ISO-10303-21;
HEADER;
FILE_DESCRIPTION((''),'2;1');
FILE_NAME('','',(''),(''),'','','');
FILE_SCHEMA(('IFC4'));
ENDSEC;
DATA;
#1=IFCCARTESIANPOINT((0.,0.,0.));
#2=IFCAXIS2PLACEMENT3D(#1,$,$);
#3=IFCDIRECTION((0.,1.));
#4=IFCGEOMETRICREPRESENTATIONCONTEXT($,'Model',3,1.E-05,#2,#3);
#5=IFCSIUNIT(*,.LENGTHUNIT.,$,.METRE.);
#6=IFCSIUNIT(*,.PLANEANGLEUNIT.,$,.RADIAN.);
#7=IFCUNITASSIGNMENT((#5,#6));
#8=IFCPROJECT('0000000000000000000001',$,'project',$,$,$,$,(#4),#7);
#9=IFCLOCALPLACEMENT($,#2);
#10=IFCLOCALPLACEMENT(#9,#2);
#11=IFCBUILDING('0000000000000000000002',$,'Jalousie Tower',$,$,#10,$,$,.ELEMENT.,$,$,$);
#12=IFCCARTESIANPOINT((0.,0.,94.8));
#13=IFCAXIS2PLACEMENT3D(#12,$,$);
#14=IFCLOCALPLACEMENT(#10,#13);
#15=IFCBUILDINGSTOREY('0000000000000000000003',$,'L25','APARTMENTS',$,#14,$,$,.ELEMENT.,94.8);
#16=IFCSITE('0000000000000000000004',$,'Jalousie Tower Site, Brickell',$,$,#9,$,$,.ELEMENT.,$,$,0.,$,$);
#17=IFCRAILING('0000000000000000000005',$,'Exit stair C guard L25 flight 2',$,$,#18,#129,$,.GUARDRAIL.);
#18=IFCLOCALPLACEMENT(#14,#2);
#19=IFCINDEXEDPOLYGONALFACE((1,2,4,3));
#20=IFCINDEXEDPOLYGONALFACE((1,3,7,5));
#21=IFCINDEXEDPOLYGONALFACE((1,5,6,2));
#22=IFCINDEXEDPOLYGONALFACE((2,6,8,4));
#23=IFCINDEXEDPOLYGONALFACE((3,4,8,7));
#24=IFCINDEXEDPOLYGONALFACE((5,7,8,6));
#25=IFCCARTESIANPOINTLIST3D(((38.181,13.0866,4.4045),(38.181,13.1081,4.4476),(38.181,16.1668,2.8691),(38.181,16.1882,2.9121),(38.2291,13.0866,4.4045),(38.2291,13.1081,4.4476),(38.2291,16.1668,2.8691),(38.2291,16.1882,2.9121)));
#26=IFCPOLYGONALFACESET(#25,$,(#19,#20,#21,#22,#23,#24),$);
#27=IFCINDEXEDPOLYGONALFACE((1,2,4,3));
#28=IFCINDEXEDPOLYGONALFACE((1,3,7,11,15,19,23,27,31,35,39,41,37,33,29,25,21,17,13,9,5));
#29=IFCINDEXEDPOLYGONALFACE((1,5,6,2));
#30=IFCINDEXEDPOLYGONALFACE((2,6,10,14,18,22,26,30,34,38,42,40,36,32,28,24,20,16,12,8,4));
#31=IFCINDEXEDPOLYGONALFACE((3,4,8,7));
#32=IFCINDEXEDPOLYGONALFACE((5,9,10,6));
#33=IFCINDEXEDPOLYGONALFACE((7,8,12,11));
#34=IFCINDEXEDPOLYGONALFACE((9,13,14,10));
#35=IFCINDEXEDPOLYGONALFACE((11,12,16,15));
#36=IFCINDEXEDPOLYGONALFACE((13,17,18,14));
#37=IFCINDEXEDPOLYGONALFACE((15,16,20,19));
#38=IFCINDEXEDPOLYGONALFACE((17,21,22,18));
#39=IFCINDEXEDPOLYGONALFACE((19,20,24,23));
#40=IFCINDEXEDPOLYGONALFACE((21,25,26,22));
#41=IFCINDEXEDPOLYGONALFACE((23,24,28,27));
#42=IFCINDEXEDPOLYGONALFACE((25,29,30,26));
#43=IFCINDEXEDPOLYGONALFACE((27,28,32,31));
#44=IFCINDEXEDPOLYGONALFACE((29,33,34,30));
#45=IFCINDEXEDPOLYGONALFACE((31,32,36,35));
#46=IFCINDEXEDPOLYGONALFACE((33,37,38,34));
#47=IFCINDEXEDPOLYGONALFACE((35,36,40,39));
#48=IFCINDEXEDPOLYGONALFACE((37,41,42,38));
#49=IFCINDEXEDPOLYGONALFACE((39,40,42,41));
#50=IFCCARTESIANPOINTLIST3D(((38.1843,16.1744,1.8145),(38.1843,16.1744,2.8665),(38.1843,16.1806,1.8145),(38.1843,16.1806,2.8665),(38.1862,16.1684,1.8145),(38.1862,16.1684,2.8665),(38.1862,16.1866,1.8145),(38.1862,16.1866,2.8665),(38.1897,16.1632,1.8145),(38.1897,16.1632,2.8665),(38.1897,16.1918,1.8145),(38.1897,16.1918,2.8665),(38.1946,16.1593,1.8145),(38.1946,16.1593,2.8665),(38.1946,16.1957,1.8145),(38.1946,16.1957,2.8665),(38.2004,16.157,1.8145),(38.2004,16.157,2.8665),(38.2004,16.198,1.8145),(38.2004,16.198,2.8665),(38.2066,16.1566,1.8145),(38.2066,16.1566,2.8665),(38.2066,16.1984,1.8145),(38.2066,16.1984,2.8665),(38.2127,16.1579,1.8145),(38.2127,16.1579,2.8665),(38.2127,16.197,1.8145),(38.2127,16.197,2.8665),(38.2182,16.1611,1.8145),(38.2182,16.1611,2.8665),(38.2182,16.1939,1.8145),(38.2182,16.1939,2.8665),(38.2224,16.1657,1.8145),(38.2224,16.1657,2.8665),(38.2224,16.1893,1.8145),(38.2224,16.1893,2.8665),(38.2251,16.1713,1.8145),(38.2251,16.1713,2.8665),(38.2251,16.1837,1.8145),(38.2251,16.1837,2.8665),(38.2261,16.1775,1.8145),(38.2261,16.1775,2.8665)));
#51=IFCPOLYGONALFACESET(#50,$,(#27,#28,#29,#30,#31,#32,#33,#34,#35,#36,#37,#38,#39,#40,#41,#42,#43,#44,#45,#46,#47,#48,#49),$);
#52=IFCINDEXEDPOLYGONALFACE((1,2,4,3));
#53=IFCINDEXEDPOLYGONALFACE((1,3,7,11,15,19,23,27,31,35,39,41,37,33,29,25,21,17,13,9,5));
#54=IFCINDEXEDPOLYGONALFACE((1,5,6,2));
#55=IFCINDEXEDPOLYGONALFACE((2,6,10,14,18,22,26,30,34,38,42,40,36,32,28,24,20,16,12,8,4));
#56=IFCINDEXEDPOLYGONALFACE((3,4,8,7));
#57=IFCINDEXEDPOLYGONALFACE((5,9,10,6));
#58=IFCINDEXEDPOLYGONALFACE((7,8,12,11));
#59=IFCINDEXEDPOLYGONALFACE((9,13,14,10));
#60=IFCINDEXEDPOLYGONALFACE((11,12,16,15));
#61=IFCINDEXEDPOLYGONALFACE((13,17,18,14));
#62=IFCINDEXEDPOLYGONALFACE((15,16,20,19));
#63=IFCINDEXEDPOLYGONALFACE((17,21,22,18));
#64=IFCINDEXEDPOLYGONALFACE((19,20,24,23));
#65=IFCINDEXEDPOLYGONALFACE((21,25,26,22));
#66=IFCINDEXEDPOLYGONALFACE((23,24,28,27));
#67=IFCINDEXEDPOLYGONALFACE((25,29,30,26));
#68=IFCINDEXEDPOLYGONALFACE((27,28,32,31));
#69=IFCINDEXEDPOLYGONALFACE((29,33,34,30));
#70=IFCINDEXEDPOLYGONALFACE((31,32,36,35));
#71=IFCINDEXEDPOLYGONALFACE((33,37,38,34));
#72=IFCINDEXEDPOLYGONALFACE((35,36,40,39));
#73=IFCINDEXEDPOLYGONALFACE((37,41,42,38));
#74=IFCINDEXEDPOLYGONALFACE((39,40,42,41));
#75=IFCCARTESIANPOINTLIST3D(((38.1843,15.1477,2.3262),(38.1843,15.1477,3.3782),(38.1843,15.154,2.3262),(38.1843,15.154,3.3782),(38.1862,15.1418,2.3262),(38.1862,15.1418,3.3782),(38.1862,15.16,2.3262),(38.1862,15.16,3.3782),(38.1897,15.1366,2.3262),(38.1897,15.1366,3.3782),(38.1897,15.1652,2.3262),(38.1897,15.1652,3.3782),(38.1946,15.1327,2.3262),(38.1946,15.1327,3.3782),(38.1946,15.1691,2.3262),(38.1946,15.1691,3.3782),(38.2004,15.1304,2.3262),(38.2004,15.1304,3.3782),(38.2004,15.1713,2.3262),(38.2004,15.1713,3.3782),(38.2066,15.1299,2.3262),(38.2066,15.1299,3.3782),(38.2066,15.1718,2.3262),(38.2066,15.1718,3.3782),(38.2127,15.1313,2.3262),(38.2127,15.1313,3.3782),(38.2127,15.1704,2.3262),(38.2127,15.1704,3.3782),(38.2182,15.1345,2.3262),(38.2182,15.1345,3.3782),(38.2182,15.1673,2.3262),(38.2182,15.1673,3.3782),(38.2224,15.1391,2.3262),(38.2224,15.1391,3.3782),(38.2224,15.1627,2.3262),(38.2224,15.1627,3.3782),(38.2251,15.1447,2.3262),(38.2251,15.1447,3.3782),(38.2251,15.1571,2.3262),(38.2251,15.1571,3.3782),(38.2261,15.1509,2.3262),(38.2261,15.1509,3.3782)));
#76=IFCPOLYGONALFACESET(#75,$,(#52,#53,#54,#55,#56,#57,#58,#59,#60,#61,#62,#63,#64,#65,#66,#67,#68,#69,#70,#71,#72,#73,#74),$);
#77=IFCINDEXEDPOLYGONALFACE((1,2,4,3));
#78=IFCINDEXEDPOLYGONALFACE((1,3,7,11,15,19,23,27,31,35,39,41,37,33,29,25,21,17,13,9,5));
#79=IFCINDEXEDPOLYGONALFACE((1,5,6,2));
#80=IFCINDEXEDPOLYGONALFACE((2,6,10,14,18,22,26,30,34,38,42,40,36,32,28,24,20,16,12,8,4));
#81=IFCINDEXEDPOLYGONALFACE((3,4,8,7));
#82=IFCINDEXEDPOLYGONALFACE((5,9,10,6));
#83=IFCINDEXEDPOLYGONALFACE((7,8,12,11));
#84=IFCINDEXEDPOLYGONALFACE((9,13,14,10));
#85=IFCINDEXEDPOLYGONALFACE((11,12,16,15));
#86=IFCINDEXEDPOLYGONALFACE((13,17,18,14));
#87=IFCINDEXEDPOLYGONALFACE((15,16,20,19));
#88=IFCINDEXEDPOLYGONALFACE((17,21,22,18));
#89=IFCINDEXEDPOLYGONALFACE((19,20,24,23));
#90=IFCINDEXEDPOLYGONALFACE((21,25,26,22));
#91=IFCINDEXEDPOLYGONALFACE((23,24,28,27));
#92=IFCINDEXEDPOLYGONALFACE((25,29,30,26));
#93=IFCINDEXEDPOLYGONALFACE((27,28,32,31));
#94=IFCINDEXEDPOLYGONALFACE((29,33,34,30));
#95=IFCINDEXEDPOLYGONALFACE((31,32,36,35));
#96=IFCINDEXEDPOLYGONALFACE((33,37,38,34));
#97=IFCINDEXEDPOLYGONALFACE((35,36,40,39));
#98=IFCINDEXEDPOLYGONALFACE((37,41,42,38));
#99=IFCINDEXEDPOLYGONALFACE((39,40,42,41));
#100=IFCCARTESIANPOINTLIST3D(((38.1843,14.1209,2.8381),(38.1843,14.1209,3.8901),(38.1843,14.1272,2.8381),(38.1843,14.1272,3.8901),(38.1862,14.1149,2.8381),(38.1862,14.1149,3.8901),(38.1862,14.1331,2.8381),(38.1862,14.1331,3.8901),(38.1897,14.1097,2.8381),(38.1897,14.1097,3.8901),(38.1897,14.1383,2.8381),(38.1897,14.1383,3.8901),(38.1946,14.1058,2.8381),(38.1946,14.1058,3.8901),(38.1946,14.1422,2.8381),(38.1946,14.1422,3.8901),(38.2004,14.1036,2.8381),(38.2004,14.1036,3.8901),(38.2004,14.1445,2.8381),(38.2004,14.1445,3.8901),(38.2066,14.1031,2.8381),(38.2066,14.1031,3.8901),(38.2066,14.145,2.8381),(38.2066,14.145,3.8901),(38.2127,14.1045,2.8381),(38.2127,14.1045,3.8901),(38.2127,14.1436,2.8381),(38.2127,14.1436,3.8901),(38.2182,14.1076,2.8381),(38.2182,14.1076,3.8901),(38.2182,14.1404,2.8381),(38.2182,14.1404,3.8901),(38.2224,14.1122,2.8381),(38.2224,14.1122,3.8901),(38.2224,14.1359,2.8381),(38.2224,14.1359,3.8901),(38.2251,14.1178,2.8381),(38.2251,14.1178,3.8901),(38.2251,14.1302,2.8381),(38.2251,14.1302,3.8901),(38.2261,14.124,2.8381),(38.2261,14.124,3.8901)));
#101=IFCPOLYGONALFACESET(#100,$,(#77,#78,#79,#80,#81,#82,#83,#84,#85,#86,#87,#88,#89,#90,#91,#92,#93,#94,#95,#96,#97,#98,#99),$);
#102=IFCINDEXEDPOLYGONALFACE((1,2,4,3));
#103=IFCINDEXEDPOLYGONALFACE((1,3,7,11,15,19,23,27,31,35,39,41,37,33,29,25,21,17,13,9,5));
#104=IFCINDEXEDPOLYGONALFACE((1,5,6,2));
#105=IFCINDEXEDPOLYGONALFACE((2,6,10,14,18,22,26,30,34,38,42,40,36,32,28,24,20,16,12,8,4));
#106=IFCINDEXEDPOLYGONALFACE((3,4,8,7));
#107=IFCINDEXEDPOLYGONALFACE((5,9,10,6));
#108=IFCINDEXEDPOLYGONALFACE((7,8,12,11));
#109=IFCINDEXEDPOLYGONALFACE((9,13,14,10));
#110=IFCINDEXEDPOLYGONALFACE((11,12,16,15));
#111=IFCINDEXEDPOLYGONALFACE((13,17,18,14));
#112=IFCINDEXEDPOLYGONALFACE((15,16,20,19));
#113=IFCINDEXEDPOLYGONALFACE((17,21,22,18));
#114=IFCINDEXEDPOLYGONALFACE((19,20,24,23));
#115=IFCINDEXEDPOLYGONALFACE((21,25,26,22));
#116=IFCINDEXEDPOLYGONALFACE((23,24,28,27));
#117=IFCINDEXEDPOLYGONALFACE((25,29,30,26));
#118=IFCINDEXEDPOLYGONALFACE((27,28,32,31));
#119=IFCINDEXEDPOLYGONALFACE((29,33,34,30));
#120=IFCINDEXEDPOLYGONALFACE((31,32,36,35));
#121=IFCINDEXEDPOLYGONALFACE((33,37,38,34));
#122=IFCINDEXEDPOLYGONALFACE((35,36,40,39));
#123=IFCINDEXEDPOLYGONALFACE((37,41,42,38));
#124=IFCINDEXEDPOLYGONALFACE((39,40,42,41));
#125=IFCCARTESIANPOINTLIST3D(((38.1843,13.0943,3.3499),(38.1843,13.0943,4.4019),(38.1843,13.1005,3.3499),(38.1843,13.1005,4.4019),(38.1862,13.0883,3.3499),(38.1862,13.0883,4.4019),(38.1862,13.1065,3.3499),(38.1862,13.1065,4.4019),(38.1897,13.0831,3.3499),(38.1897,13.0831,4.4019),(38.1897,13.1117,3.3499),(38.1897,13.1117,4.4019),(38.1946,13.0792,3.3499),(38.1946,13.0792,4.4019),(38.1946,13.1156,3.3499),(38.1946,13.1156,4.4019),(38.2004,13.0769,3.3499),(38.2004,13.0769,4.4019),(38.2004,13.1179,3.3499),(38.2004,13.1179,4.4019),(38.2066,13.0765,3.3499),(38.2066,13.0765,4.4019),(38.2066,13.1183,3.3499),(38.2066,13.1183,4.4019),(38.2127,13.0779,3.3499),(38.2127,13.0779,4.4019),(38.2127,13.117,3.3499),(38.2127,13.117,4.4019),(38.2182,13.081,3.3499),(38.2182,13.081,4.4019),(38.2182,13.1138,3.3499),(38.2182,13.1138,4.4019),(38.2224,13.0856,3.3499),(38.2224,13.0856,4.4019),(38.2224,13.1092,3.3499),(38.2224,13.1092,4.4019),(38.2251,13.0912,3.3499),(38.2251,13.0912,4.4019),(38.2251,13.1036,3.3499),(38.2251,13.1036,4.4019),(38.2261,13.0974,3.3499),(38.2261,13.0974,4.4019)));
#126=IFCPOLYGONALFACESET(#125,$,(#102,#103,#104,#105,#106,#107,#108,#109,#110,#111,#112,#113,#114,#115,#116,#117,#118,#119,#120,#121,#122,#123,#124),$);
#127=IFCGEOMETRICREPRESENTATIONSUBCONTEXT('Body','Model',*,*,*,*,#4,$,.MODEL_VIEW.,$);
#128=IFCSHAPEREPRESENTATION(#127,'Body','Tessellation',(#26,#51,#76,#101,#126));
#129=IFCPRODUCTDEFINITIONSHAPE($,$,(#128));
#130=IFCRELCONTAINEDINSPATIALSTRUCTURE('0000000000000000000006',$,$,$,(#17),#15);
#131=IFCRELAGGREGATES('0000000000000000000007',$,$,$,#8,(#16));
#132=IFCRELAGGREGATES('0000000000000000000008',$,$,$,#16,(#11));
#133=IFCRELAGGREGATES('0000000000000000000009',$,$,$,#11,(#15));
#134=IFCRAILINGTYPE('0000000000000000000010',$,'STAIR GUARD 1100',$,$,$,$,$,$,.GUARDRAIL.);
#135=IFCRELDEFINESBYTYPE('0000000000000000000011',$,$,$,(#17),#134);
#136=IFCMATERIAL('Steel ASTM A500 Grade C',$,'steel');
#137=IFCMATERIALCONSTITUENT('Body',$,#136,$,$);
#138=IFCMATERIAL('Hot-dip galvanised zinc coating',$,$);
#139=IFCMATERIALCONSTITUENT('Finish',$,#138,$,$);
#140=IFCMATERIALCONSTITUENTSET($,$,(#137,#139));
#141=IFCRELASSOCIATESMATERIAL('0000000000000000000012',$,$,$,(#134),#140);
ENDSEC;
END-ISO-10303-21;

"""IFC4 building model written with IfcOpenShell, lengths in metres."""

from ifc_helpers import new_model, si_unit, direction, frame, origin, origin_2d, place, context, subcontext, project, spatial, rectangle, circle, extrude, material, constituent, constituent_set, type_object, element, save


model = new_model("IFC4")

# Units and contexts
model_context = context("Model", 3, precision=1e-05, world=origin(), true_north=direction((0.0, 1.0)))
body_context = subcontext(model_context, "Body", "Model", "MODEL_VIEW")
ifc_project = project(units=[si_unit("LENGTHUNIT", "METRE"), si_unit("PLANEANGLEUNIT", "RADIAN")], contexts=[model_context])

# Site, building, storey
site_placement = place(None, origin())
site = spatial("IfcSite", under=ifc_project, at=site_placement, Name="Jalousie Tower Site, Brickell", CompositionType="ELEMENT", RefElevation=0.0)
building_placement = place(site_placement, origin())
building = spatial("IfcBuilding", under=site, at=building_placement, Name="Jalousie Tower", CompositionType="ELEMENT")
storey_placement = place(building_placement, frame((0.0, 0.0, 94.8)))
storey = spatial("IfcBuildingStorey", under=building, at=storey_placement, Name="L25", Description="APARTMENTS", CompositionType="ELEMENT", Elevation=94.8)

# Railing
ifc_material_1 = material(Name="Steel ASTM A500 Grade C", Category="steel")
ifc_constituent_1 = constituent(ifc_material_1, Name="Body")
ifc_material_2 = material(Name="Hot-dip galvanised zinc coating")
ifc_constituent_2 = constituent(ifc_material_2, Name="Finish")
ifc_constituent_set_1 = constituent_set(constituents=[ifc_constituent_1, ifc_constituent_2])
railing_type_1 = type_object("IfcRailingType", Name="STAIR GUARD 1100", PredefinedType="GUARDRAIL", material=ifc_constituent_set_1)
railing_1_placement = place(storey_placement, frame((38.2051, 16.1775, 1.8145)))
element("IfcRailing", 1, at=railing_1_placement, inside=storey, type_object=railing_type_1, Name="Exit stair C guard L25 flight 2", PredefinedType="GUARDRAIL", context=body_context, shape_type="SweptSolid", body=[
    extrude(rectangle(XDim=0.0481, YDim=0.0481, at=origin_2d()), frame((0.0, 0.0, 1.0762), z_axis=(0.0, -0.894966, 0.446135), x_axis=(1.0, 0.0, 0.0)), (0.0, 0.0, 1.0), 3.4417),
    extrude(circle(Radius=0.021, at=origin_2d()), origin(), (0.0, 0.0, 1.0), 1.052),
    extrude(circle(Radius=0.021, at=origin_2d()), frame((0.0, -1.0266, 0.5117)), (0.0, 0.0, 1.0), 1.052),
    extrude(circle(Radius=0.021, at=origin_2d()), frame((0.0, -2.0535, 1.0237)), (0.0, 0.0, 1.0), 1.052),
    extrude(circle(Radius=0.021, at=origin_2d()), frame((0.0, -3.0801, 1.5354)), (0.0, 0.0, 1.0), 1.052),
])

save(model, "model.ifc")
